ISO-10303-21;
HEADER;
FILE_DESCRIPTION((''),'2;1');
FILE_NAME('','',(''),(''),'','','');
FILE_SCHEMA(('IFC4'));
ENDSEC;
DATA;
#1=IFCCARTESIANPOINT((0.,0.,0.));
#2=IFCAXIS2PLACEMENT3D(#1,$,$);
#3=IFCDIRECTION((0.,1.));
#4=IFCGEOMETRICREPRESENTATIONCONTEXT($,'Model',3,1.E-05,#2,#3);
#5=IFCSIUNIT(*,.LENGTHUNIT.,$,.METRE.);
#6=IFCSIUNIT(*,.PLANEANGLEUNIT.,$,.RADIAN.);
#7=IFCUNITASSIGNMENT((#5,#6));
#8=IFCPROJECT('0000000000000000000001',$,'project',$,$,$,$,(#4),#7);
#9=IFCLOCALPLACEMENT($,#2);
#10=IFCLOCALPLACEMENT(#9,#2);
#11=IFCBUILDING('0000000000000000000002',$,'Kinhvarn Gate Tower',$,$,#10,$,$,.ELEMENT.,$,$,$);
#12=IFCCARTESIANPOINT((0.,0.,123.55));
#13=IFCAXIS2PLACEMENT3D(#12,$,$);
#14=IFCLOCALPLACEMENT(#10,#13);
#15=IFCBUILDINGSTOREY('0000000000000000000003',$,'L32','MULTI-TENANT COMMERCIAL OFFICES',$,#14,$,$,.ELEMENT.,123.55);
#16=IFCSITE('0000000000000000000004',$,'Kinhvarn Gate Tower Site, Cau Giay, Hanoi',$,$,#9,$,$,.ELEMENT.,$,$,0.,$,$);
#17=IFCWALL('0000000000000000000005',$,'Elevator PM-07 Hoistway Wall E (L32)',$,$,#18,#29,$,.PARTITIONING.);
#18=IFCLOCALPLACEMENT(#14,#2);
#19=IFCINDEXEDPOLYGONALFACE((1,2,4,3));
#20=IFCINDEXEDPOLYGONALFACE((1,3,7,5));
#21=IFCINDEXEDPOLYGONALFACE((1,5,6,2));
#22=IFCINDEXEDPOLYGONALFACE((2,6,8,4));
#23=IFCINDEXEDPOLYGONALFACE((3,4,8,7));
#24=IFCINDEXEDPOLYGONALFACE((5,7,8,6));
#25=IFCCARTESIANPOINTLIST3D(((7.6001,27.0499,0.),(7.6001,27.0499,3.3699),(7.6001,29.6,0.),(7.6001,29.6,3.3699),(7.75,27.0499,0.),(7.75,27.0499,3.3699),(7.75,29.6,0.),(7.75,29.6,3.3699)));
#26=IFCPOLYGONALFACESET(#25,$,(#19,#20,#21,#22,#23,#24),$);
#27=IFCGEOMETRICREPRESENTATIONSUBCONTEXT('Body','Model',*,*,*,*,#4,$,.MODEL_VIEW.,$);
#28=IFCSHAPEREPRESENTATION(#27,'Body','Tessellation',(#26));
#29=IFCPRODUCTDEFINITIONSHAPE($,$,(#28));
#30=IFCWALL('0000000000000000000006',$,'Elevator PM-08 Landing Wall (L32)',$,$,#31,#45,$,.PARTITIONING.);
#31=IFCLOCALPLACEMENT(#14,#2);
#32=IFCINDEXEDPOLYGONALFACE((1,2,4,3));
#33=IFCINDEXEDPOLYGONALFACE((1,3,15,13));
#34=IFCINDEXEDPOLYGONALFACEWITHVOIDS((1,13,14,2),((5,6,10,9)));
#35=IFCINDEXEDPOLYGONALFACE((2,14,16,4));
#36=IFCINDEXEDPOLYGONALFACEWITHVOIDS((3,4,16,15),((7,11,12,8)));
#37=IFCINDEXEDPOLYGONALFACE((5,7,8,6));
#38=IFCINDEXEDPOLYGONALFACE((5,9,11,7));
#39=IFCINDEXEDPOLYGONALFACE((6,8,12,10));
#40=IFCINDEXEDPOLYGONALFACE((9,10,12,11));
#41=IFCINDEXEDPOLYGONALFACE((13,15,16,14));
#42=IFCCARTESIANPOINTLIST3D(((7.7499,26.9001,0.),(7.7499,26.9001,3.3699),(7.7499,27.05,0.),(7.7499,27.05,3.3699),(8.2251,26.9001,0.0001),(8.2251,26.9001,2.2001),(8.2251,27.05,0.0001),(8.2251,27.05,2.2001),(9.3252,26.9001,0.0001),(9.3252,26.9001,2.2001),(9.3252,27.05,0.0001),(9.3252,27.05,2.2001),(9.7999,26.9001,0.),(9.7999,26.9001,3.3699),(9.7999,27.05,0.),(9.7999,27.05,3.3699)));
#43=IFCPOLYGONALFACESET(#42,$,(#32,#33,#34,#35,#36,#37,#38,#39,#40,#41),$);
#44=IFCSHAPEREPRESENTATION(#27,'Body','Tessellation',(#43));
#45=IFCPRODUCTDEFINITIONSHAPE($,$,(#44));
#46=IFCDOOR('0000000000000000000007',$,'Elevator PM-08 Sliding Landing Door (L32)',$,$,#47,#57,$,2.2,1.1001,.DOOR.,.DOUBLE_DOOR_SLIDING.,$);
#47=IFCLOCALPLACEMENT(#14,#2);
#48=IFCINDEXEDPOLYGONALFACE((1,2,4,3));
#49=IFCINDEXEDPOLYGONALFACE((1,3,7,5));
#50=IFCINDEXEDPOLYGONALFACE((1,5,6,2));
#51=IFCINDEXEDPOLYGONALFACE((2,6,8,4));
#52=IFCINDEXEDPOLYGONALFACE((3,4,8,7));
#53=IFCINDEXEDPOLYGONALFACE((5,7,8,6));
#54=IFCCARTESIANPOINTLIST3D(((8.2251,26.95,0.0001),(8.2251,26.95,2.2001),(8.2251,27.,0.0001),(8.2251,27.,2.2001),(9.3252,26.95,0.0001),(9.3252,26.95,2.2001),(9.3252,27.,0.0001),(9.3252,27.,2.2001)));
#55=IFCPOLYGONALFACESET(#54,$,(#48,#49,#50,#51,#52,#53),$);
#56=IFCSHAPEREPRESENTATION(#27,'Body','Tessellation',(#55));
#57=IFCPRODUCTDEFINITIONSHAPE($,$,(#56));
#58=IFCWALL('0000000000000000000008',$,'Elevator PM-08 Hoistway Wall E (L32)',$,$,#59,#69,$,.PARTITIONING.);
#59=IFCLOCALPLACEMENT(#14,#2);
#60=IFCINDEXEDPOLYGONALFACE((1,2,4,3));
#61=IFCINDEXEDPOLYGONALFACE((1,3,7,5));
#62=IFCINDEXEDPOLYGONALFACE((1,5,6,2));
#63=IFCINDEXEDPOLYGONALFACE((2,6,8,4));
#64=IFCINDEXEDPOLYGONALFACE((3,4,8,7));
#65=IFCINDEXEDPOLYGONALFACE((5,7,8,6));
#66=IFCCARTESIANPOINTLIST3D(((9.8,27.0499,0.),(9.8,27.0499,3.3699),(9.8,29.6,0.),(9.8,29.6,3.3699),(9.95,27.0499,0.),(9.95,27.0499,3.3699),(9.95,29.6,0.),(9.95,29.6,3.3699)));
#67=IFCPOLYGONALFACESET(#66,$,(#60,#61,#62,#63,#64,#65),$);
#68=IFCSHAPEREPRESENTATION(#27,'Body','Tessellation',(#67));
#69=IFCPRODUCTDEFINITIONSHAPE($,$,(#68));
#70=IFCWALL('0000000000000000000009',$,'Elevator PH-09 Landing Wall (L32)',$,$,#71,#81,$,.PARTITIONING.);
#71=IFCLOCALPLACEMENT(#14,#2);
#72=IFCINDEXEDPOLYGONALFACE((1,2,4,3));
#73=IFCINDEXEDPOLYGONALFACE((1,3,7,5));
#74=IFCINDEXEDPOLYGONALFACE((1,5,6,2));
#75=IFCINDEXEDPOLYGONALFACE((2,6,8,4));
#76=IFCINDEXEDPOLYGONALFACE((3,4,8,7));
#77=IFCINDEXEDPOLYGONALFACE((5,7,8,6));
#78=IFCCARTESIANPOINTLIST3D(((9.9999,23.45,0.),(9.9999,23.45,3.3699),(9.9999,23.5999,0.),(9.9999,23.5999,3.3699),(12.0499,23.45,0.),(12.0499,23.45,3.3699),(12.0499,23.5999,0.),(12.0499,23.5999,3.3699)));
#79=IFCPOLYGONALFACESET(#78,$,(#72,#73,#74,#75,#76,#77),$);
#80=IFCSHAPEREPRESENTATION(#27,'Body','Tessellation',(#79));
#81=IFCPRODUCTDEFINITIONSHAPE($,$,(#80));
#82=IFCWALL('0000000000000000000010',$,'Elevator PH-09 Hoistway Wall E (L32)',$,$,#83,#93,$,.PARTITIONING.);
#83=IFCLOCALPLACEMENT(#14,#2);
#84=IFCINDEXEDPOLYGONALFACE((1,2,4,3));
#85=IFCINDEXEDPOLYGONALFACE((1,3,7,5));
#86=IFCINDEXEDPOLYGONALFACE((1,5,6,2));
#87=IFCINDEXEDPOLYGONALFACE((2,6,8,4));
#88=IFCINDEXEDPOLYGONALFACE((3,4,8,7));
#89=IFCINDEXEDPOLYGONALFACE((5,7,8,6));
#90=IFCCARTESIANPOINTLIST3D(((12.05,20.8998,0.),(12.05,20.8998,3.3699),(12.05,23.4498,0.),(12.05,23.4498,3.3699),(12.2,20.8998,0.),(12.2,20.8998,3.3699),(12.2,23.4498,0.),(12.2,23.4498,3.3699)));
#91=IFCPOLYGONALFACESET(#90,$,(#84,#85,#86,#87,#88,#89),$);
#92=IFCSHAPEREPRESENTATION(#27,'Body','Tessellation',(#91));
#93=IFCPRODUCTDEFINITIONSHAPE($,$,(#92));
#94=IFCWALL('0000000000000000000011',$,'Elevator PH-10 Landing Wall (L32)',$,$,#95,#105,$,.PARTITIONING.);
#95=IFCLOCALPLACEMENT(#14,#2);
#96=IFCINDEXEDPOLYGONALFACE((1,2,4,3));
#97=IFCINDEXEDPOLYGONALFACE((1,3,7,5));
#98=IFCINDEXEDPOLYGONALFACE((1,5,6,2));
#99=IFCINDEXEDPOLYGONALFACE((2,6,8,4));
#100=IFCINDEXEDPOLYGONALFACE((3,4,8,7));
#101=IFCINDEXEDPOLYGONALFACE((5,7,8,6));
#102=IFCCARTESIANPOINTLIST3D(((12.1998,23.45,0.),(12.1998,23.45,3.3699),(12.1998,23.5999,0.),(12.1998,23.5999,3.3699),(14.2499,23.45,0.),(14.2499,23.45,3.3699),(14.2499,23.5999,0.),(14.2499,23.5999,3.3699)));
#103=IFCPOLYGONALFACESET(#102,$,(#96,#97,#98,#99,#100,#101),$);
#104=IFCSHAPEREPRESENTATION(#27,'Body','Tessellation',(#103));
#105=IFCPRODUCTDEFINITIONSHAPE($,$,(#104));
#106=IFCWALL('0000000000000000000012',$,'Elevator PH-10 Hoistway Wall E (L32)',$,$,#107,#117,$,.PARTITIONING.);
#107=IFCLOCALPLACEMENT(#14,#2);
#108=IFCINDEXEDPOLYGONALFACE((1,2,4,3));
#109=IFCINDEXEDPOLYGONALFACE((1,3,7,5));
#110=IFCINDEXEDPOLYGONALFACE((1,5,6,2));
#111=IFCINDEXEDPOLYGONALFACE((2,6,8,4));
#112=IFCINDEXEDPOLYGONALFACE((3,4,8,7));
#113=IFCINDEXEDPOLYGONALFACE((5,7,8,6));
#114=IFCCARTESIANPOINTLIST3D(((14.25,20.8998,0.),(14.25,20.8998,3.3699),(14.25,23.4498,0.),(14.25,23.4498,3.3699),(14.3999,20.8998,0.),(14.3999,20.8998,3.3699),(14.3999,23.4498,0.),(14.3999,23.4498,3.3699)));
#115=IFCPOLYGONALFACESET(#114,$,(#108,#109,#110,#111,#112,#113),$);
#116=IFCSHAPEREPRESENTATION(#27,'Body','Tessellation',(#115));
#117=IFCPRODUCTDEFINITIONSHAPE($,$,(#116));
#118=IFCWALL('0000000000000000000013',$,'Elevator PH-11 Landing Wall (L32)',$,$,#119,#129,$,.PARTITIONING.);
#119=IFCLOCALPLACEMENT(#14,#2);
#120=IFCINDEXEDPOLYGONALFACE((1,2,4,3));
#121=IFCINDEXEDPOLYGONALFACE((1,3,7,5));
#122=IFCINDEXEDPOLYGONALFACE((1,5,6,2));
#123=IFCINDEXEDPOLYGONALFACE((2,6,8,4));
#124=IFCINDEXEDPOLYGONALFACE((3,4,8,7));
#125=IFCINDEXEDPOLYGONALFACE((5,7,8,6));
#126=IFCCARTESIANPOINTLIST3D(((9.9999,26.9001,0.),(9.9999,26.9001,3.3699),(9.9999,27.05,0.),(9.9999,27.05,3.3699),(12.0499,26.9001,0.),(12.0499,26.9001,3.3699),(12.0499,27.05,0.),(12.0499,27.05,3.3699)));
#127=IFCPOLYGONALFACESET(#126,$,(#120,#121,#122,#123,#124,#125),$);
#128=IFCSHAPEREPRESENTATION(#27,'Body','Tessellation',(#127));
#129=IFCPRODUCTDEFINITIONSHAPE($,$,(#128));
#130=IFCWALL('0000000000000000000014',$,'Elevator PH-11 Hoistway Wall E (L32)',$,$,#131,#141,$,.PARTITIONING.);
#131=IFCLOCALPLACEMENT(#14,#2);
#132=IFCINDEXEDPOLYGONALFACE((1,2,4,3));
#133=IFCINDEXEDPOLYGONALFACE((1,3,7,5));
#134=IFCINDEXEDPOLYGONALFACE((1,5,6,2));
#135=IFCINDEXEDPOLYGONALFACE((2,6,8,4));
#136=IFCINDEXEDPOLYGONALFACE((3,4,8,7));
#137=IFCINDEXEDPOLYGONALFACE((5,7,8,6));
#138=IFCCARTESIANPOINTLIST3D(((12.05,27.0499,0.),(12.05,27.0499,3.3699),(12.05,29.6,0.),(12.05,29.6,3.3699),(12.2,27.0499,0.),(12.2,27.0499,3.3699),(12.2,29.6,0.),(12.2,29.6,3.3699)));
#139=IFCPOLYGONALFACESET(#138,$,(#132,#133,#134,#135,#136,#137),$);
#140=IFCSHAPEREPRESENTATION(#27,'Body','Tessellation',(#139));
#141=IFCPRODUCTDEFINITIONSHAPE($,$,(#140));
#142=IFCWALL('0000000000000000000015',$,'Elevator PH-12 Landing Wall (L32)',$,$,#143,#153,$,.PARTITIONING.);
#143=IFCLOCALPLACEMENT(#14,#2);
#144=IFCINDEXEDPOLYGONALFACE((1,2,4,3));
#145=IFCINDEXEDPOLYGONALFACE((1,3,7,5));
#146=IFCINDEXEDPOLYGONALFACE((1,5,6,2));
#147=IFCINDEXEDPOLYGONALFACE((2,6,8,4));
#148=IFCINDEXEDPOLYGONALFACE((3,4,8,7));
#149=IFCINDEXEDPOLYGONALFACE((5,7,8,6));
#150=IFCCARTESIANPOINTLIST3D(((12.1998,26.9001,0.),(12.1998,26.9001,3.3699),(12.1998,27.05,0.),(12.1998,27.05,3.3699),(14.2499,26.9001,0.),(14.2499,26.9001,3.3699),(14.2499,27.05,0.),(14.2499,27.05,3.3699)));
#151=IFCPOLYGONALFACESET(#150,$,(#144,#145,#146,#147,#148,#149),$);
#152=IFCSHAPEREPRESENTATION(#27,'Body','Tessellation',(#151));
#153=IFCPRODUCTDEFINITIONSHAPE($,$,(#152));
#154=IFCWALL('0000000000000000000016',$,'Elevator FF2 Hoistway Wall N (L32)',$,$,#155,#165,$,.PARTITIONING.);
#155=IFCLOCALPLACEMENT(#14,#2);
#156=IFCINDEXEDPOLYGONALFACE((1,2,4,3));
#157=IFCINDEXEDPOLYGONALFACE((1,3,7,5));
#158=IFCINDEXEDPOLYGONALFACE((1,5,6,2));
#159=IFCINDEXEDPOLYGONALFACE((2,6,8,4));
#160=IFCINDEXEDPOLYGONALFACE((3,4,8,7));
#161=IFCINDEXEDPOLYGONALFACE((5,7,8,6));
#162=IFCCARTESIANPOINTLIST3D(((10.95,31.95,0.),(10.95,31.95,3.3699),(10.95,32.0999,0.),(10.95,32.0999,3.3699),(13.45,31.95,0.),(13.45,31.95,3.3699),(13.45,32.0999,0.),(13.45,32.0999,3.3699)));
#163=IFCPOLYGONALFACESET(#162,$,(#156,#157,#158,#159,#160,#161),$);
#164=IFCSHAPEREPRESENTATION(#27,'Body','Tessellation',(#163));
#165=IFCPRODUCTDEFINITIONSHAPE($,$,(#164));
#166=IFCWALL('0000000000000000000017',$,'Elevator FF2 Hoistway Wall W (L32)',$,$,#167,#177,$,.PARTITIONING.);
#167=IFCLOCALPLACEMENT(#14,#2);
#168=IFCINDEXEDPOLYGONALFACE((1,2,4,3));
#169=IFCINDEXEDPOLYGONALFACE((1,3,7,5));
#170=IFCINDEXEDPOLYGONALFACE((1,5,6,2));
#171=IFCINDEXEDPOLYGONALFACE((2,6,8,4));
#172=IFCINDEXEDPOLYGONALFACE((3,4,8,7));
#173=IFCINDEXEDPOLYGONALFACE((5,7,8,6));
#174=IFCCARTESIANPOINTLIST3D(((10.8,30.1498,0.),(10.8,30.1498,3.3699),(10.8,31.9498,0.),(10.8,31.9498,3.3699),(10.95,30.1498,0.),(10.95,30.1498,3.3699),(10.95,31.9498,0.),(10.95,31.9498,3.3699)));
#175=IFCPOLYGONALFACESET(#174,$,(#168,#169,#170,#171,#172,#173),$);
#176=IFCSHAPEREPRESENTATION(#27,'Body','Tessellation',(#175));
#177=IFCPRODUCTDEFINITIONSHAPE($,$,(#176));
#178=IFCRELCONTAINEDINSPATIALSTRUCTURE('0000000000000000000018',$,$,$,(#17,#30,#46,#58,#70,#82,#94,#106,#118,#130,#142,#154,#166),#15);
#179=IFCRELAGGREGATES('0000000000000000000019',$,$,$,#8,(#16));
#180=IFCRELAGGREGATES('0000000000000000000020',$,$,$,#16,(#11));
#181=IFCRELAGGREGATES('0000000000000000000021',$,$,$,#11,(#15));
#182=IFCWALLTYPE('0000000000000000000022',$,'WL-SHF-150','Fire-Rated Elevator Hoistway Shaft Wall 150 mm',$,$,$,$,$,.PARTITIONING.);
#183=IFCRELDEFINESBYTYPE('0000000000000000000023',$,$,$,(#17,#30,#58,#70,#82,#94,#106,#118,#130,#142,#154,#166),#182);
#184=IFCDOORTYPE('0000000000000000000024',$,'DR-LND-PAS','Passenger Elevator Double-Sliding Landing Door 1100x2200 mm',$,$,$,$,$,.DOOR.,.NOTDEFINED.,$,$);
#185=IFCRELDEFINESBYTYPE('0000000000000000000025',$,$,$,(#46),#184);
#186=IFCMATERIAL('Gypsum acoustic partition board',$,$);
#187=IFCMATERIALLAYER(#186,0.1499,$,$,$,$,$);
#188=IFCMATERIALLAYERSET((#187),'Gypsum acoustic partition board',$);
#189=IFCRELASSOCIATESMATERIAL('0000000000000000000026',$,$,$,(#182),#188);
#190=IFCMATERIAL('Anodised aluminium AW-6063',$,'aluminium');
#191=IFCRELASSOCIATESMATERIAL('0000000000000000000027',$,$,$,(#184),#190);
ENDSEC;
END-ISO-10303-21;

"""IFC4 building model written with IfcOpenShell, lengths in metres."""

from ifc_helpers import new_model, si_unit, direction, frame, frame_2d, origin, place, context, subcontext, project, spatial, rectangle, extrude, material, layer, layer_set, type_object, element, fill, save


model = new_model("IFC4")

# Units and contexts
model_context = context("Model", 3, precision=1e-05, world=origin(), true_north=direction((0.0, 1.0)))
body_context = subcontext(model_context, "Body", "Model", "MODEL_VIEW")
ifc_project = project(units=[si_unit("LENGTHUNIT", "METRE"), si_unit("PLANEANGLEUNIT", "RADIAN")], contexts=[model_context])

# Site, building, storey
site_placement = place(None, origin())
site = spatial("IfcSite", under=ifc_project, at=site_placement, Name="Kinhvarn Gate Tower Site, Cau Giay, Hanoi", CompositionType="ELEMENT", RefElevation=0.0)
building_placement = place(site_placement, origin())
building = spatial("IfcBuilding", under=site, at=building_placement, Name="Kinhvarn Gate Tower", CompositionType="ELEMENT")
storey_placement = place(building_placement, frame((0.0, 0.0, 123.55)))
storey = spatial("IfcBuildingStorey", under=building, at=storey_placement, Name="L32", Description="MULTI-TENANT COMMERCIAL OFFICES", CompositionType="ELEMENT", Elevation=123.55)

# Shared definitions
ifc_material_1 = material(Name="Gypsum acoustic partition board")

# Shared definitions
ifc_layer_1 = layer(ifc_material_1, 0.1499)
ifc_layer_set_1 = layer_set([ifc_layer_1], Name="Gypsum acoustic partition board")
wall_type_1 = type_object("IfcWallType", Name="WL-SHF-150", Description="Fire-Rated Elevator Hoistway Shaft Wall 150 mm", PredefinedType="PARTITIONING", material=ifc_layer_set_1)
ifc_material_2 = material(Name="Anodised aluminium AW-6063", Category="aluminium")
door_type_1 = type_object("IfcDoorType", Name="DR-LND-PAS", Description="Passenger Elevator Double-Sliding Landing Door 1100x2200 mm", OperationType="NOTDEFINED", PredefinedType="DOOR", material=ifc_material_2)

# Wall
for number, where, z_axis, x_axis, name in (
    (1, (7.675, 27.05, 0.0), (0.0, 0.0, 1.0), (0.0, 1.0, 0.0), "Elevator PM-07 Hoistway Wall E (L32)"),
):
    element("IfcWall", number, at=place(storey_placement, frame(where, z_axis=z_axis, x_axis=x_axis)), inside=storey, type_object=wall_type_1, Name=name, PredefinedType="PARTITIONING", context=body_context, shape_type="SweptSolid", body=[
        extrude(rectangle(XDim=2.55, YDim=0.1499, at=frame_2d((1.2749, 0.0))), origin(), (0.0, 0.0, 1.0), 3.3699),
    ])

# Wall, opening, door
wall_1_placement = place(storey_placement, frame((7.75, 26.9751, 0.0), z_axis=(0.0, 0.0, 1.0), x_axis=(1.0, 0.0, 0.0)))
wall_1 = element("IfcWall", 2, at=wall_1_placement, inside=storey, type_object=wall_type_1, Name="Elevator PM-08 Landing Wall (L32)", PredefinedType="PARTITIONING", context=body_context, shape_type="SweptSolid", body=[
    extrude(rectangle(XDim=2.05, YDim=0.1499, at=frame_2d((1.0249, 0.0))), origin(), (0.0, 0.0, 1.0), 3.3699),
])
opening_1_placement = place(wall_1_placement, frame((0.4751, 0.0, 0.0)))
opening_1 = element("IfcOpeningElement", 3, at=opening_1_placement, cuts=wall_1, PredefinedType="OPENING", context=body_context, shape_type="SweptSolid", body=[
    extrude(rectangle(XDim=1.1001, YDim=2.2, at=frame_2d((0.55, 1.1001))), frame((0.0, 0.085, 0.0), z_axis=(0.0, -1.0, 0.0), x_axis=(1.0, 0.0, 0.0)), (0.0, 0.0, 1.0), 0.1699),
])
door_1_placement = place(opening_1_placement, origin())
door_1 = element("IfcDoor", 4, at=door_1_placement, inside=storey, type_object=door_type_1, Name="Elevator PM-08 Sliding Landing Door (L32)", OperationType="DOUBLE_DOOR_SLIDING", OverallHeight=2.2, OverallWidth=1.1001, PredefinedType="DOOR", context=body_context, shape_type="SweptSolid", body=[
    extrude(rectangle(XDim=1.1001, YDim=2.2, at=frame_2d((0.55, 1.1001))), frame((0.0, 0.0249, 0.0), z_axis=(0.0, -1.0, 0.0), x_axis=(1.0, 0.0, 0.0)), (0.0, 0.0, 1.0), 0.05),
])
fill(opening_1, door_1)

# Walls
wall_2_placement = place(storey_placement, frame((9.875, 27.05, 0.0), z_axis=(0.0, 0.0, 1.0), x_axis=(0.0, 1.0, 0.0)))
element("IfcWall", 5, at=wall_2_placement, inside=storey, type_object=wall_type_1, Name="Elevator PM-08 Hoistway Wall E (L32)", PredefinedType="PARTITIONING", context=body_context, shape_type="SweptSolid", body=[
    extrude(rectangle(XDim=2.55, YDim=0.1499, at=frame_2d((1.2749, 0.0))), origin(), (0.0, 0.0, 1.0), 3.3699),
])
wall_3_placement = place(storey_placement, frame((10.0, 23.5249, 0.0), z_axis=(0.0, 0.0, 1.0), x_axis=(1.0, 0.0, 0.0)))
element("IfcWall", 6, at=wall_3_placement, inside=storey, type_object=wall_type_1, Name="Elevator PH-09 Landing Wall (L32)", PredefinedType="PARTITIONING", context=body_context, shape_type="SweptSolid", body=[
    extrude(rectangle(XDim=2.05, YDim=0.1499, at=frame_2d((1.0249, 0.0))), origin(), (0.0, 0.0, 1.0), 3.3699),
])
wall_4_placement = place(storey_placement, frame((12.125, 20.8999, 0.0), z_axis=(0.0, 0.0, 1.0), x_axis=(0.0, 1.0, 0.0)))
element("IfcWall", 7, at=wall_4_placement, inside=storey, type_object=wall_type_1, Name="Elevator PH-09 Hoistway Wall E (L32)", PredefinedType="PARTITIONING", context=body_context, shape_type="SweptSolid", body=[
    extrude(rectangle(XDim=2.55, YDim=0.1499, at=frame_2d((1.2749, 0.0))), origin(), (0.0, 0.0, 1.0), 3.3699),
])
wall_5_placement = place(storey_placement, frame((12.2, 23.5249, 0.0), z_axis=(0.0, 0.0, 1.0), x_axis=(1.0, 0.0, 0.0)))
element("IfcWall", 8, at=wall_5_placement, inside=storey, type_object=wall_type_1, Name="Elevator PH-10 Landing Wall (L32)", PredefinedType="PARTITIONING", context=body_context, shape_type="SweptSolid", body=[
    extrude(rectangle(XDim=2.05, YDim=0.1499, at=frame_2d((1.0249, 0.0))), origin(), (0.0, 0.0, 1.0), 3.3699),
])
wall_6_placement = place(storey_placement, frame((14.325, 20.8999, 0.0), z_axis=(0.0, 0.0, 1.0), x_axis=(0.0, 1.0, 0.0)))
element("IfcWall", 9, at=wall_6_placement, inside=storey, type_object=wall_type_1, Name="Elevator PH-10 Hoistway Wall E (L32)", PredefinedType="PARTITIONING", context=body_context, shape_type="SweptSolid", body=[
    extrude(rectangle(XDim=2.55, YDim=0.1499, at=frame_2d((1.2749, 0.0))), origin(), (0.0, 0.0, 1.0), 3.3699),
])
wall_7_placement = place(storey_placement, frame((10.0, 26.9751, 0.0), z_axis=(0.0, 0.0, 1.0), x_axis=(1.0, 0.0, 0.0)))
element("IfcWall", 10, at=wall_7_placement, inside=storey, type_object=wall_type_1, Name="Elevator PH-11 Landing Wall (L32)", PredefinedType="PARTITIONING", context=body_context, shape_type="SweptSolid", body=[
    extrude(rectangle(XDim=2.05, YDim=0.1499, at=frame_2d((1.0249, 0.0))), origin(), (0.0, 0.0, 1.0), 3.3699),
])
wall_8_placement = place(storey_placement, frame((12.125, 27.05, 0.0), z_axis=(0.0, 0.0, 1.0), x_axis=(0.0, 1.0, 0.0)))
element("IfcWall", 11, at=wall_8_placement, inside=storey, type_object=wall_type_1, Name="Elevator PH-11 Hoistway Wall E (L32)", PredefinedType="PARTITIONING", context=body_context, shape_type="SweptSolid", body=[
    extrude(rectangle(XDim=2.55, YDim=0.1499, at=frame_2d((1.2749, 0.0))), origin(), (0.0, 0.0, 1.0), 3.3699),
])
wall_9_placement = place(storey_placement, frame((12.2, 26.9751, 0.0), z_axis=(0.0, 0.0, 1.0), x_axis=(1.0, 0.0, 0.0)))
element("IfcWall", 12, at=wall_9_placement, inside=storey, type_object=wall_type_1, Name="Elevator PH-12 Landing Wall (L32)", PredefinedType="PARTITIONING", context=body_context, shape_type="SweptSolid", body=[
    extrude(rectangle(XDim=2.05, YDim=0.1499, at=frame_2d((1.0249, 0.0))), origin(), (0.0, 0.0, 1.0), 3.3699),
])
wall_10_placement = place(storey_placement, frame((10.95, 32.0249, 0.0), z_axis=(0.0, 0.0, 1.0), x_axis=(1.0, 0.0, 0.0)))
element("IfcWall", 13, at=wall_10_placement, inside=storey, type_object=wall_type_1, Name="Elevator FF2 Hoistway Wall N (L32)", PredefinedType="PARTITIONING", context=body_context, shape_type="SweptSolid", body=[
    extrude(rectangle(XDim=2.5, YDim=0.1499, at=frame_2d((1.25, 0.0))), origin(), (0.0, 0.0, 1.0), 3.3699),
])
wall_11_placement = place(storey_placement, frame((10.875, 30.1499, 0.0), z_axis=(0.0, 0.0, 1.0), x_axis=(0.0, 1.0, 0.0)))
element("IfcWall", 14, at=wall_11_placement, inside=storey, type_object=wall_type_1, Name="Elevator FF2 Hoistway Wall W (L32)", PredefinedType="PARTITIONING", context=body_context, shape_type="SweptSolid", body=[
    extrude(rectangle(XDim=1.8, YDim=0.1499, at=frame_2d((0.8999, 0.0))), origin(), (0.0, 0.0, 1.0), 3.3699),
])

save(model, "model.ifc")
